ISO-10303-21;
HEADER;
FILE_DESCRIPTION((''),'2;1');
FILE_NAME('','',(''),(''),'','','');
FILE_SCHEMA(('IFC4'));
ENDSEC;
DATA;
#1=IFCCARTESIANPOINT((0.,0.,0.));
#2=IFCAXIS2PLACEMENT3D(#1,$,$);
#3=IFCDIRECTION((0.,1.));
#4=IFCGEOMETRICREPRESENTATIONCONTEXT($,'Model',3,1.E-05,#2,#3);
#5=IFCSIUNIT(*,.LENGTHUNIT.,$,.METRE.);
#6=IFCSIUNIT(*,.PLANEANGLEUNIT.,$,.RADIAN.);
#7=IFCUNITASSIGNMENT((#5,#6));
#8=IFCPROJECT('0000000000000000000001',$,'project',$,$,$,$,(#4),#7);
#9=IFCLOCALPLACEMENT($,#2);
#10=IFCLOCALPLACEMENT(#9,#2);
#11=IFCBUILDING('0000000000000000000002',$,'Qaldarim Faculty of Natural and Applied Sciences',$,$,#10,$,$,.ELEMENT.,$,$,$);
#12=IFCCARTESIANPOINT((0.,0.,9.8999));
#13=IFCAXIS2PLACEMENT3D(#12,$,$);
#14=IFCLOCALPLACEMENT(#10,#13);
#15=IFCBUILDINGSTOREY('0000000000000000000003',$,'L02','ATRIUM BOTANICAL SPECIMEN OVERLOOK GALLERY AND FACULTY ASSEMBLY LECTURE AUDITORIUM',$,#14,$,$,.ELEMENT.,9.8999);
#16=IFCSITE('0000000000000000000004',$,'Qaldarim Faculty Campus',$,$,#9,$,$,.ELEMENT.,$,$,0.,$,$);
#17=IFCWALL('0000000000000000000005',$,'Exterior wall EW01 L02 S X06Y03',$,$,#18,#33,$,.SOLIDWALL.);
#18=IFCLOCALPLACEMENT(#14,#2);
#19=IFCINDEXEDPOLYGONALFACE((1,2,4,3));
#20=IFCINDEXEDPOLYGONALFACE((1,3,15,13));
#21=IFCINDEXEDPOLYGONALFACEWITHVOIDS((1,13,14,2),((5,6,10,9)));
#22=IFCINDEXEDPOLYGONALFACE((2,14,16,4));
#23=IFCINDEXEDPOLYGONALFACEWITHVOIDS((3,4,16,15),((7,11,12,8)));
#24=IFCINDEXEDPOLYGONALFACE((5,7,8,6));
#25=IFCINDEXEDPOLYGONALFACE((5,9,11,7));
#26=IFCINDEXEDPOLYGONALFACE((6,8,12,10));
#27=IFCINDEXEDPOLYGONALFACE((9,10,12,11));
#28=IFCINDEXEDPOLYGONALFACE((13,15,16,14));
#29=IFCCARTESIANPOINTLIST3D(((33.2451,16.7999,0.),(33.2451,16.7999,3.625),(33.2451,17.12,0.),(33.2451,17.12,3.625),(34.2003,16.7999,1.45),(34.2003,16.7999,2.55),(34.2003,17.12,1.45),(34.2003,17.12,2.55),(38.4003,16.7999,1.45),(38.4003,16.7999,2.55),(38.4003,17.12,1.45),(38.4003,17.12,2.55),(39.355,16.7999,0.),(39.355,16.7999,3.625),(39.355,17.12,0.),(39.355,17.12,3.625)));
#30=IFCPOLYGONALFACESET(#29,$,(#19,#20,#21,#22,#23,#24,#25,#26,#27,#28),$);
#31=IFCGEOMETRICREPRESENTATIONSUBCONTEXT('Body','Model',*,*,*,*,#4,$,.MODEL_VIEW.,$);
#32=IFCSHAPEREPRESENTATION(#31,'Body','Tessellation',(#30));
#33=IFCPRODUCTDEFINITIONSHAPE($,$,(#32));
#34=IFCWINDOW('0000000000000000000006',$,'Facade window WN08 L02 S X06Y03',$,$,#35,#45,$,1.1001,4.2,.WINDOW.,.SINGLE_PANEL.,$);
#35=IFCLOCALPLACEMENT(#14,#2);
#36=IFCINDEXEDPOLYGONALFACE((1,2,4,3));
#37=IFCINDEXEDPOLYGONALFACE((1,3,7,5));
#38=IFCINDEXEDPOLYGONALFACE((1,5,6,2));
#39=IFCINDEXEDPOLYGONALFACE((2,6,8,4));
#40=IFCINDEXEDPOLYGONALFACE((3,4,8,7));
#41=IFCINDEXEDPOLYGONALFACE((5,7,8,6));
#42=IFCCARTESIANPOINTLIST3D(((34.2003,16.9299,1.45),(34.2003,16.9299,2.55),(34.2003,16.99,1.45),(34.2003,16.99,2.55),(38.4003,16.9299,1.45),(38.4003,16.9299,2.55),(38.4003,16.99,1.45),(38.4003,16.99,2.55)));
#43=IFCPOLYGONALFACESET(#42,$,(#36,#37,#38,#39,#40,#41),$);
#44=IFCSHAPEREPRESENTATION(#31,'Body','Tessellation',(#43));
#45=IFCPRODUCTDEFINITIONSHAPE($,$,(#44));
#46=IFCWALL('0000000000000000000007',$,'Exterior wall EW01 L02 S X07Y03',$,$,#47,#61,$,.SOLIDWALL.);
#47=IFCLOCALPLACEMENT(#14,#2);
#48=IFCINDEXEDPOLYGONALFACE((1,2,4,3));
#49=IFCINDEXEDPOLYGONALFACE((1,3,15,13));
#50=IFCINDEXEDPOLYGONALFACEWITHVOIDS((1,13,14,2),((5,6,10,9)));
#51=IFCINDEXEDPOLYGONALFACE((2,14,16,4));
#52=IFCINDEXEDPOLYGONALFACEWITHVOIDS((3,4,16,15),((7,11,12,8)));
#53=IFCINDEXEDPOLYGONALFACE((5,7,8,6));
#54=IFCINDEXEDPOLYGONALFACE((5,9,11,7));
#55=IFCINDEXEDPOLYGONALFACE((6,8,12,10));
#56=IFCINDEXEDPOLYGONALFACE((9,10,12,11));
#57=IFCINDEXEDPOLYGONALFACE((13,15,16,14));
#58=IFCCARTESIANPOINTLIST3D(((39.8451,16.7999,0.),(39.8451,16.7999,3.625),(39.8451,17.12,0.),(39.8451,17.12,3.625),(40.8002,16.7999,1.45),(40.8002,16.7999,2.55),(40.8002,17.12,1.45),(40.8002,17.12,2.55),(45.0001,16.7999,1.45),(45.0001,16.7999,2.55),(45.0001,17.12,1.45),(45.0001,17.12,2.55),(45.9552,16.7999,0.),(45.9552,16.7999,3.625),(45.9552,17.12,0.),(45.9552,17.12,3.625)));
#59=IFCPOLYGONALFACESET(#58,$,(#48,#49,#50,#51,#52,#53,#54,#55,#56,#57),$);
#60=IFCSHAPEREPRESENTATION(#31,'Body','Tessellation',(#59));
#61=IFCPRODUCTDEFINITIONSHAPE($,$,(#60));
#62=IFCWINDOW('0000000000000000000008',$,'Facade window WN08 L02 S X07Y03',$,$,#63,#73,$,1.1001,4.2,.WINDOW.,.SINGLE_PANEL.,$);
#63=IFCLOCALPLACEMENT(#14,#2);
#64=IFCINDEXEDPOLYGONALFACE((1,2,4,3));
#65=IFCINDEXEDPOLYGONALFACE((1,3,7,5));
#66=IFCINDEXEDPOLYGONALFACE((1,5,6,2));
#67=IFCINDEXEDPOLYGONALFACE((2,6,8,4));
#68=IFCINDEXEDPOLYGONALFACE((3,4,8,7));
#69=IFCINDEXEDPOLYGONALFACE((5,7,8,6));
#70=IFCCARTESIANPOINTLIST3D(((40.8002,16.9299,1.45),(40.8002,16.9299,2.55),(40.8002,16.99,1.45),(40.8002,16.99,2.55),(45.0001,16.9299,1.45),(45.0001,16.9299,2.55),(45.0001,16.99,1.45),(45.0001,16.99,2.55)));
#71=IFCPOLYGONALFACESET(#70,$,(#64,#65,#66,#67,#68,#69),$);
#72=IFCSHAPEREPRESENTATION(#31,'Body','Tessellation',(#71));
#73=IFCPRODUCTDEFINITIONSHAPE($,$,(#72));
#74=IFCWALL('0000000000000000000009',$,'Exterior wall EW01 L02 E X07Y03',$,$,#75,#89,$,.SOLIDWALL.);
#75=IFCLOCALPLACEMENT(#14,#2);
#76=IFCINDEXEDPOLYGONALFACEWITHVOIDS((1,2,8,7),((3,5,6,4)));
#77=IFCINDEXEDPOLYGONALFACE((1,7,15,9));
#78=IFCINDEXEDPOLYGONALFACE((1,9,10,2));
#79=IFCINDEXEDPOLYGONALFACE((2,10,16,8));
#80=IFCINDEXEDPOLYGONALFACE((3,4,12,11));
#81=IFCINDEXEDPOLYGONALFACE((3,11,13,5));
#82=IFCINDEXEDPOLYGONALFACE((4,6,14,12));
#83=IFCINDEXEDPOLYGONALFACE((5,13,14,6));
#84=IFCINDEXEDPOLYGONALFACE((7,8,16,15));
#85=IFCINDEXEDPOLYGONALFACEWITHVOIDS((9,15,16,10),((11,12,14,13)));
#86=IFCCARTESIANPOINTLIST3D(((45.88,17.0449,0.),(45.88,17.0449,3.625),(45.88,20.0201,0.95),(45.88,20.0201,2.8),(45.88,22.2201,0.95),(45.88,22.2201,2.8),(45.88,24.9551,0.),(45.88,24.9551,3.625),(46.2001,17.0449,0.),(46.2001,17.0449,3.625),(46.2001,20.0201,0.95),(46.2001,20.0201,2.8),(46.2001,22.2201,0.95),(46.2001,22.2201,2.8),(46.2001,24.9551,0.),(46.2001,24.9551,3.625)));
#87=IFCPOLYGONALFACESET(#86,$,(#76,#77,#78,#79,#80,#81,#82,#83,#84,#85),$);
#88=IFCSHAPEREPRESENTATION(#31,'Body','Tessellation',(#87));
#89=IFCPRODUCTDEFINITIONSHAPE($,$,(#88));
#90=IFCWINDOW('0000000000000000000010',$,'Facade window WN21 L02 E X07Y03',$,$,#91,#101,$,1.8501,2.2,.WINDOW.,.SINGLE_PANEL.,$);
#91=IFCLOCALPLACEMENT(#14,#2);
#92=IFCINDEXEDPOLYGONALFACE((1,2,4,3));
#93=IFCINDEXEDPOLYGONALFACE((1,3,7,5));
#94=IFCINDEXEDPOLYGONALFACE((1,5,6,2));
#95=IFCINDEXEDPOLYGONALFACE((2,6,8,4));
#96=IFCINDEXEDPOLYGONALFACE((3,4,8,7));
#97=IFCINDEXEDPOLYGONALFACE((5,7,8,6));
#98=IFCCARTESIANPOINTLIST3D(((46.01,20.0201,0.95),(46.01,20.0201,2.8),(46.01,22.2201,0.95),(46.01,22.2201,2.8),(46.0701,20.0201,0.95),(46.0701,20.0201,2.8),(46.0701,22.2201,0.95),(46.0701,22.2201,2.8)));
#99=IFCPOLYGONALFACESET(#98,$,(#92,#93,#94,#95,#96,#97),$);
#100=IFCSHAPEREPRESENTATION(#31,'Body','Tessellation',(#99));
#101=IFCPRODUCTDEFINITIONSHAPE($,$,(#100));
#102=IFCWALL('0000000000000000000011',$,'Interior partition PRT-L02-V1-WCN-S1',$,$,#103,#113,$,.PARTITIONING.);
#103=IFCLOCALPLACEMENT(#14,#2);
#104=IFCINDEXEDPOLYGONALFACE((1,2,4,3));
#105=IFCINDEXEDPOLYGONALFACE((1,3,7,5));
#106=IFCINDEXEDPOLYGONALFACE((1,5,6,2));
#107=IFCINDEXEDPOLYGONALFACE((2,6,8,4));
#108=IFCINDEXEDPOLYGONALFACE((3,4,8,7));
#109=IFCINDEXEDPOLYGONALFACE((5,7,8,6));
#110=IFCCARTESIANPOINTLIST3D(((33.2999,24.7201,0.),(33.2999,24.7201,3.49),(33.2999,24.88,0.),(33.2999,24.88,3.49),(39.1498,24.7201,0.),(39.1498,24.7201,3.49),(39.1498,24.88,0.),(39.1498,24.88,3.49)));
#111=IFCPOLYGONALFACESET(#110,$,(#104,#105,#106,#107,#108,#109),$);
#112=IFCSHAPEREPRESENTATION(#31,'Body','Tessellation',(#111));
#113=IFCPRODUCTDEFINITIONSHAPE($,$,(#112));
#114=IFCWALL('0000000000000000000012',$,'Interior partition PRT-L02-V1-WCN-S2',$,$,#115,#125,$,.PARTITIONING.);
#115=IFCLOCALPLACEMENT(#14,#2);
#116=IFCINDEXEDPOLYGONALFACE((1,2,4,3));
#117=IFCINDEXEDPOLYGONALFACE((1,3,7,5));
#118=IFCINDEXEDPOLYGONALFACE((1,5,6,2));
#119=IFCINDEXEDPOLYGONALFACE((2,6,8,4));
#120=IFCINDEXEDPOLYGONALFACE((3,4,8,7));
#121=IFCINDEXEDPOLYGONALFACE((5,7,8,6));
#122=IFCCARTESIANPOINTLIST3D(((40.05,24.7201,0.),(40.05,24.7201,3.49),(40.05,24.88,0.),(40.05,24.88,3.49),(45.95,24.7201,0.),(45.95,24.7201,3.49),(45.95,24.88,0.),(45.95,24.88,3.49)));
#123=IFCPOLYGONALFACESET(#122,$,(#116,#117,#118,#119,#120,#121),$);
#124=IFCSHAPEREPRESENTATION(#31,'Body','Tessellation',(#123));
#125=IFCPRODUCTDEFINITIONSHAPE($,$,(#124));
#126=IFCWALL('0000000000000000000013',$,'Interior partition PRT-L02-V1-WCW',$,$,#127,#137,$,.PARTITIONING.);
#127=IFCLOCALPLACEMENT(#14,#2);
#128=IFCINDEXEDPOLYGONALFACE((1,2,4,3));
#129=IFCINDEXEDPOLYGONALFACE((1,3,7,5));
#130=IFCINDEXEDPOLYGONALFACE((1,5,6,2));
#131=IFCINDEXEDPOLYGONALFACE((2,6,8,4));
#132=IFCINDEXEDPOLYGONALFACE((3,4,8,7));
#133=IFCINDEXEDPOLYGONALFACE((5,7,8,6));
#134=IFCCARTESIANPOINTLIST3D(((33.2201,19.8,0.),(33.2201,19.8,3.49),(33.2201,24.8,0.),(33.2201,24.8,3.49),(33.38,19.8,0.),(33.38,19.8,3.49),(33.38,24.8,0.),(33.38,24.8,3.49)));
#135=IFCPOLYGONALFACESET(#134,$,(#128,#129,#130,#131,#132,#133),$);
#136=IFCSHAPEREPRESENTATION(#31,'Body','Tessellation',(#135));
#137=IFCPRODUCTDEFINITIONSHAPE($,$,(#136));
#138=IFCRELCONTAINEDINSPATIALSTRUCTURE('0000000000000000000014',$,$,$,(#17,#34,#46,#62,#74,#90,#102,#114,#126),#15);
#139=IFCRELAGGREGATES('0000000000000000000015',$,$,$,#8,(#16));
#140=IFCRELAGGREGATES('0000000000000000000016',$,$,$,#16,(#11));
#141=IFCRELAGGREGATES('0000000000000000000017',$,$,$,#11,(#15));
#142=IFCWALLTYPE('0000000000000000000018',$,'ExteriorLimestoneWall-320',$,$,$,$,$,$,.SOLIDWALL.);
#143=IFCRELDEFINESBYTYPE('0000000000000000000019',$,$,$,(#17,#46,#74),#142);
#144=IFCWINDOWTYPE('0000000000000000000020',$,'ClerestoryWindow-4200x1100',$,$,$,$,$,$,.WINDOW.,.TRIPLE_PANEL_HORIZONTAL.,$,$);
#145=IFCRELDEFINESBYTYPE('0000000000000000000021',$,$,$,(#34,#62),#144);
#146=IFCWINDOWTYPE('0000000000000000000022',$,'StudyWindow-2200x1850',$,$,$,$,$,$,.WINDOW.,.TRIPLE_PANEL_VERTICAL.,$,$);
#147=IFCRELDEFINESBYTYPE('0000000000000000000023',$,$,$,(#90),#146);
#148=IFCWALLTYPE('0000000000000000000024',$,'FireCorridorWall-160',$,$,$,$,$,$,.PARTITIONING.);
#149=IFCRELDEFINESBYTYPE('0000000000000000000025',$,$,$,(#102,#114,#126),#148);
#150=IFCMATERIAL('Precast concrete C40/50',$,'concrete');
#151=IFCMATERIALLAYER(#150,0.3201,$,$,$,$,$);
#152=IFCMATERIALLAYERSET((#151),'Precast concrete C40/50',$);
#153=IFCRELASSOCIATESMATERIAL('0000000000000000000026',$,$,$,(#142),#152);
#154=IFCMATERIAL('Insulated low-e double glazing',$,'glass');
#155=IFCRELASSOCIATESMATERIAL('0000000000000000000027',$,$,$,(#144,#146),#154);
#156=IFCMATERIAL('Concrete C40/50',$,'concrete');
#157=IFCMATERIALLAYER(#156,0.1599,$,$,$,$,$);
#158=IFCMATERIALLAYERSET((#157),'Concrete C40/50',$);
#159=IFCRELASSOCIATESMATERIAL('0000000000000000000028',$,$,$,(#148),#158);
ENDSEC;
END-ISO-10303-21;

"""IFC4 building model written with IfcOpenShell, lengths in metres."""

from ifc_helpers import new_model, si_unit, direction, frame, frame_2d, origin, place, context, subcontext, project, spatial, rectangle, extrude, material, layer, layer_set, type_object, element, fill, save


model = new_model("IFC4")

# Units and contexts
model_context = context("Model", 3, precision=1e-05, world=origin(), true_north=direction((0.0, 1.0)))
body_context = subcontext(model_context, "Body", "Model", "MODEL_VIEW")
ifc_project = project(units=[si_unit("LENGTHUNIT", "METRE"), si_unit("PLANEANGLEUNIT", "RADIAN")], contexts=[model_context])

# Site, building, storey
site_placement = place(None, origin())
site = spatial("IfcSite", under=ifc_project, at=site_placement, Name="Qaldarim Faculty Campus", CompositionType="ELEMENT", RefElevation=0.0)
building_placement = place(site_placement, origin())
building = spatial("IfcBuilding", under=site, at=building_placement, Name="Qaldarim Faculty of Natural and Applied Sciences", CompositionType="ELEMENT")
storey_placement = place(building_placement, frame((0.0, 0.0, 9.8999)))
storey = spatial("IfcBuildingStorey", under=building, at=storey_placement, Name="L02", Description="ATRIUM BOTANICAL SPECIMEN OVERLOOK GALLERY AND FACULTY ASSEMBLY LECTURE AUDITORIUM", CompositionType="ELEMENT", Elevation=9.8999)

# Shared definitions
ifc_material_1 = material(Name="Concrete C40/50", Category="concrete")

# Shared definitions
ifc_material_2 = material(Name="Precast concrete C40/50", Category="concrete")

# Walls, openings, windows
ifc_layer_1 = layer(ifc_material_2, 0.3201)
ifc_layer_set_1 = layer_set([ifc_layer_1], Name="Precast concrete C40/50")
wall_type_1 = type_object("IfcWallType", Name="ExteriorLimestoneWall-320", PredefinedType="SOLIDWALL", material=ifc_layer_set_1)
wall_1_placement = place(storey_placement, frame((33.2451, 16.96, 0.0), z_axis=(0.0, 0.0, 1.0), x_axis=(1.0, 0.0, 0.0)))
wall_1 = element("IfcWall", 1, at=wall_1_placement, inside=storey, type_object=wall_type_1, Name="Exterior wall EW01 L02 S X06Y03", PredefinedType="SOLIDWALL", context=body_context, shape_type="SweptSolid", body=[
    extrude(rectangle(XDim=6.1099, YDim=0.3201, at=frame_2d((3.0549, 0.0))), origin(), (0.0, 0.0, 1.0), 3.625),
])
opening_1_placement = place(wall_1_placement, frame((0.9551, 0.0, 1.45)))
opening_1 = element("IfcOpeningElement", 2, at=opening_1_placement, cuts=wall_1, PredefinedType="OPENING", context=body_context, shape_type="SweptSolid", body=[
    extrude(rectangle(XDim=4.2, YDim=1.1001, at=frame_2d((2.1001, 0.55))), frame((0.0, 0.1699, 0.0), z_axis=(0.0, -1.0, 0.0), x_axis=(1.0, 0.0, 0.0)), (0.0, 0.0, 1.0), 0.3401),
])
ifc_material_3 = material(Name="Insulated low-e double glazing", Category="glass")
window_type_1 = type_object("IfcWindowType", Name="ClerestoryWindow-4200x1100", PartitioningType="TRIPLE_PANEL_HORIZONTAL", PredefinedType="WINDOW", material=ifc_material_3)
window_1_placement = place(opening_1_placement, origin())
window_1 = element("IfcWindow", 3, at=window_1_placement, inside=storey, type_object=window_type_1, Name="Facade window WN08 L02 S X06Y03", OverallHeight=1.1001, OverallWidth=4.2, PartitioningType="SINGLE_PANEL", PredefinedType="WINDOW", context=body_context, shape_type="SweptSolid", body=[
    extrude(rectangle(XDim=4.2, YDim=1.1001, at=frame_2d((2.1001, 0.55))), frame((0.0, 0.03, 0.0), z_axis=(0.0, -1.0, 0.0), x_axis=(1.0, 0.0, 0.0)), (0.0, 0.0, 1.0), 0.0601),
])
fill(opening_1, window_1)
wall_2_placement = place(storey_placement, frame((39.845, 16.96, 0.0), z_axis=(0.0, 0.0, 1.0), x_axis=(1.0, 0.0, 0.0)))
wall_2 = element("IfcWall", 4, at=wall_2_placement, inside=storey, type_object=wall_type_1, Name="Exterior wall EW01 L02 S X07Y03", PredefinedType="SOLIDWALL", context=body_context, shape_type="SweptSolid", body=[
    extrude(rectangle(XDim=6.1101, YDim=0.3201, at=frame_2d((3.0552, 0.0))), origin(), (0.0, 0.0, 1.0), 3.625),
])
opening_2_placement = place(wall_2_placement, frame((0.9551, 0.0, 1.45)))
opening_2 = element("IfcOpeningElement", 5, at=opening_2_placement, cuts=wall_2, PredefinedType="OPENING", context=body_context, shape_type="SweptSolid", body=[
    extrude(rectangle(XDim=4.2, YDim=1.1001, at=frame_2d((2.1001, 0.55))), frame((0.0, 0.1699, 0.0), z_axis=(0.0, -1.0, 0.0), x_axis=(1.0, 0.0, 0.0)), (0.0, 0.0, 1.0), 0.3401),
])
window_2_placement = place(opening_2_placement, origin())
window_2 = element("IfcWindow", 6, at=window_2_placement, inside=storey, type_object=window_type_1, Name="Facade window WN08 L02 S X07Y03", OverallHeight=1.1001, OverallWidth=4.2, PartitioningType="SINGLE_PANEL", PredefinedType="WINDOW", context=body_context, shape_type="SweptSolid", body=[
    extrude(rectangle(XDim=4.2, YDim=1.1001, at=frame_2d((2.1001, 0.55))), frame((0.0, 0.03, 0.0), z_axis=(0.0, -1.0, 0.0), x_axis=(1.0, 0.0, 0.0)), (0.0, 0.0, 1.0), 0.0601),
])
fill(opening_2, window_2)
wall_3_placement = place(storey_placement, frame((46.04, 17.0449, 0.0), z_axis=(0.0, 0.0, 1.0), x_axis=(0.0, 1.0, 0.0)))
wall_3 = element("IfcWall", 7, at=wall_3_placement, inside=storey, type_object=wall_type_1, Name="Exterior wall EW01 L02 E X07Y03", PredefinedType="SOLIDWALL", context=body_context, shape_type="SweptSolid", body=[
    extrude(rectangle(XDim=7.9102, YDim=0.3201, at=frame_2d((3.9551, 0.0))), origin(), (0.0, 0.0, 1.0), 3.625),
])
opening_3_placement = place(wall_3_placement, frame((2.9751, 0.0, 0.95)))
opening_3 = element("IfcOpeningElement", 8, at=opening_3_placement, cuts=wall_3, PredefinedType="OPENING", context=body_context, shape_type="SweptSolid", body=[
    extrude(rectangle(XDim=2.2, YDim=1.8501, at=frame_2d((1.1001, 0.925))), frame((0.0, 0.1699, 0.0), z_axis=(0.0, -1.0, 0.0), x_axis=(1.0, 0.0, 0.0)), (0.0, 0.0, 1.0), 0.3401),
])
window_type_2 = type_object("IfcWindowType", Name="StudyWindow-2200x1850", PartitioningType="TRIPLE_PANEL_VERTICAL", PredefinedType="WINDOW", material=ifc_material_3)
window_3_placement = place(opening_3_placement, origin())
window_3 = element("IfcWindow", 9, at=window_3_placement, inside=storey, type_object=window_type_2, Name="Facade window WN21 L02 E X07Y03", OverallHeight=1.8501, OverallWidth=2.2, PartitioningType="SINGLE_PANEL", PredefinedType="WINDOW", context=body_context, shape_type="SweptSolid", body=[
    extrude(rectangle(XDim=2.2, YDim=1.8501, at=frame_2d((1.1001, 0.925))), frame((0.0, 0.03, 0.0), z_axis=(0.0, -1.0, 0.0), x_axis=(1.0, 0.0, 0.0)), (0.0, 0.0, 1.0), 0.0601),
])
fill(opening_3, window_3)

# Shared definitions
ifc_layer_2 = layer(ifc_material_1, 0.1599)
ifc_layer_set_2 = layer_set([ifc_layer_2], Name="Concrete C40/50")
wall_type_2 = type_object("IfcWallType", Name="FireCorridorWall-160", PredefinedType="PARTITIONING", material=ifc_layer_set_2)

# Walls
wall_4_placement = place(storey_placement, frame((33.3, 24.8, 0.0), z_axis=(0.0, 0.0, 1.0), x_axis=(1.0, 0.0, 0.0)))
element("IfcWall", 10, at=wall_4_placement, inside=storey, type_object=wall_type_2, Name="Interior partition PRT-L02-V1-WCN-S1", PredefinedType="PARTITIONING", context=body_context, shape_type="SweptSolid", body=[
    extrude(rectangle(XDim=5.8499, YDim=0.1599, at=frame_2d((2.9248, 0.0))), origin(), (0.0, 0.0, 1.0), 3.49),
])
wall_5_placement = place(storey_placement, frame((40.05, 24.8, 0.0), z_axis=(0.0, 0.0, 1.0), x_axis=(1.0, 0.0, 0.0)))
element("IfcWall", 11, at=wall_5_placement, inside=storey, type_object=wall_type_2, Name="Interior partition PRT-L02-V1-WCN-S2", PredefinedType="PARTITIONING", context=body_context, shape_type="SweptSolid", body=[
    extrude(rectangle(XDim=5.8999, YDim=0.1599, at=frame_2d((2.95, 0.0))), origin(), (0.0, 0.0, 1.0), 3.49),
])
wall_6_placement = place(storey_placement, frame((33.3, 19.8, 0.0), z_axis=(0.0, 0.0, 1.0), x_axis=(0.0, 1.0, 0.0)))
element("IfcWall", 12, at=wall_6_placement, inside=storey, type_object=wall_type_2, Name="Interior partition PRT-L02-V1-WCW", PredefinedType="PARTITIONING", context=body_context, shape_type="SweptSolid", body=[
    extrude(rectangle(XDim=5.0, YDim=0.1599, at=frame_2d((2.5, 0.0))), origin(), (0.0, 0.0, 1.0), 3.49),
])

save(model, "model.ifc")
